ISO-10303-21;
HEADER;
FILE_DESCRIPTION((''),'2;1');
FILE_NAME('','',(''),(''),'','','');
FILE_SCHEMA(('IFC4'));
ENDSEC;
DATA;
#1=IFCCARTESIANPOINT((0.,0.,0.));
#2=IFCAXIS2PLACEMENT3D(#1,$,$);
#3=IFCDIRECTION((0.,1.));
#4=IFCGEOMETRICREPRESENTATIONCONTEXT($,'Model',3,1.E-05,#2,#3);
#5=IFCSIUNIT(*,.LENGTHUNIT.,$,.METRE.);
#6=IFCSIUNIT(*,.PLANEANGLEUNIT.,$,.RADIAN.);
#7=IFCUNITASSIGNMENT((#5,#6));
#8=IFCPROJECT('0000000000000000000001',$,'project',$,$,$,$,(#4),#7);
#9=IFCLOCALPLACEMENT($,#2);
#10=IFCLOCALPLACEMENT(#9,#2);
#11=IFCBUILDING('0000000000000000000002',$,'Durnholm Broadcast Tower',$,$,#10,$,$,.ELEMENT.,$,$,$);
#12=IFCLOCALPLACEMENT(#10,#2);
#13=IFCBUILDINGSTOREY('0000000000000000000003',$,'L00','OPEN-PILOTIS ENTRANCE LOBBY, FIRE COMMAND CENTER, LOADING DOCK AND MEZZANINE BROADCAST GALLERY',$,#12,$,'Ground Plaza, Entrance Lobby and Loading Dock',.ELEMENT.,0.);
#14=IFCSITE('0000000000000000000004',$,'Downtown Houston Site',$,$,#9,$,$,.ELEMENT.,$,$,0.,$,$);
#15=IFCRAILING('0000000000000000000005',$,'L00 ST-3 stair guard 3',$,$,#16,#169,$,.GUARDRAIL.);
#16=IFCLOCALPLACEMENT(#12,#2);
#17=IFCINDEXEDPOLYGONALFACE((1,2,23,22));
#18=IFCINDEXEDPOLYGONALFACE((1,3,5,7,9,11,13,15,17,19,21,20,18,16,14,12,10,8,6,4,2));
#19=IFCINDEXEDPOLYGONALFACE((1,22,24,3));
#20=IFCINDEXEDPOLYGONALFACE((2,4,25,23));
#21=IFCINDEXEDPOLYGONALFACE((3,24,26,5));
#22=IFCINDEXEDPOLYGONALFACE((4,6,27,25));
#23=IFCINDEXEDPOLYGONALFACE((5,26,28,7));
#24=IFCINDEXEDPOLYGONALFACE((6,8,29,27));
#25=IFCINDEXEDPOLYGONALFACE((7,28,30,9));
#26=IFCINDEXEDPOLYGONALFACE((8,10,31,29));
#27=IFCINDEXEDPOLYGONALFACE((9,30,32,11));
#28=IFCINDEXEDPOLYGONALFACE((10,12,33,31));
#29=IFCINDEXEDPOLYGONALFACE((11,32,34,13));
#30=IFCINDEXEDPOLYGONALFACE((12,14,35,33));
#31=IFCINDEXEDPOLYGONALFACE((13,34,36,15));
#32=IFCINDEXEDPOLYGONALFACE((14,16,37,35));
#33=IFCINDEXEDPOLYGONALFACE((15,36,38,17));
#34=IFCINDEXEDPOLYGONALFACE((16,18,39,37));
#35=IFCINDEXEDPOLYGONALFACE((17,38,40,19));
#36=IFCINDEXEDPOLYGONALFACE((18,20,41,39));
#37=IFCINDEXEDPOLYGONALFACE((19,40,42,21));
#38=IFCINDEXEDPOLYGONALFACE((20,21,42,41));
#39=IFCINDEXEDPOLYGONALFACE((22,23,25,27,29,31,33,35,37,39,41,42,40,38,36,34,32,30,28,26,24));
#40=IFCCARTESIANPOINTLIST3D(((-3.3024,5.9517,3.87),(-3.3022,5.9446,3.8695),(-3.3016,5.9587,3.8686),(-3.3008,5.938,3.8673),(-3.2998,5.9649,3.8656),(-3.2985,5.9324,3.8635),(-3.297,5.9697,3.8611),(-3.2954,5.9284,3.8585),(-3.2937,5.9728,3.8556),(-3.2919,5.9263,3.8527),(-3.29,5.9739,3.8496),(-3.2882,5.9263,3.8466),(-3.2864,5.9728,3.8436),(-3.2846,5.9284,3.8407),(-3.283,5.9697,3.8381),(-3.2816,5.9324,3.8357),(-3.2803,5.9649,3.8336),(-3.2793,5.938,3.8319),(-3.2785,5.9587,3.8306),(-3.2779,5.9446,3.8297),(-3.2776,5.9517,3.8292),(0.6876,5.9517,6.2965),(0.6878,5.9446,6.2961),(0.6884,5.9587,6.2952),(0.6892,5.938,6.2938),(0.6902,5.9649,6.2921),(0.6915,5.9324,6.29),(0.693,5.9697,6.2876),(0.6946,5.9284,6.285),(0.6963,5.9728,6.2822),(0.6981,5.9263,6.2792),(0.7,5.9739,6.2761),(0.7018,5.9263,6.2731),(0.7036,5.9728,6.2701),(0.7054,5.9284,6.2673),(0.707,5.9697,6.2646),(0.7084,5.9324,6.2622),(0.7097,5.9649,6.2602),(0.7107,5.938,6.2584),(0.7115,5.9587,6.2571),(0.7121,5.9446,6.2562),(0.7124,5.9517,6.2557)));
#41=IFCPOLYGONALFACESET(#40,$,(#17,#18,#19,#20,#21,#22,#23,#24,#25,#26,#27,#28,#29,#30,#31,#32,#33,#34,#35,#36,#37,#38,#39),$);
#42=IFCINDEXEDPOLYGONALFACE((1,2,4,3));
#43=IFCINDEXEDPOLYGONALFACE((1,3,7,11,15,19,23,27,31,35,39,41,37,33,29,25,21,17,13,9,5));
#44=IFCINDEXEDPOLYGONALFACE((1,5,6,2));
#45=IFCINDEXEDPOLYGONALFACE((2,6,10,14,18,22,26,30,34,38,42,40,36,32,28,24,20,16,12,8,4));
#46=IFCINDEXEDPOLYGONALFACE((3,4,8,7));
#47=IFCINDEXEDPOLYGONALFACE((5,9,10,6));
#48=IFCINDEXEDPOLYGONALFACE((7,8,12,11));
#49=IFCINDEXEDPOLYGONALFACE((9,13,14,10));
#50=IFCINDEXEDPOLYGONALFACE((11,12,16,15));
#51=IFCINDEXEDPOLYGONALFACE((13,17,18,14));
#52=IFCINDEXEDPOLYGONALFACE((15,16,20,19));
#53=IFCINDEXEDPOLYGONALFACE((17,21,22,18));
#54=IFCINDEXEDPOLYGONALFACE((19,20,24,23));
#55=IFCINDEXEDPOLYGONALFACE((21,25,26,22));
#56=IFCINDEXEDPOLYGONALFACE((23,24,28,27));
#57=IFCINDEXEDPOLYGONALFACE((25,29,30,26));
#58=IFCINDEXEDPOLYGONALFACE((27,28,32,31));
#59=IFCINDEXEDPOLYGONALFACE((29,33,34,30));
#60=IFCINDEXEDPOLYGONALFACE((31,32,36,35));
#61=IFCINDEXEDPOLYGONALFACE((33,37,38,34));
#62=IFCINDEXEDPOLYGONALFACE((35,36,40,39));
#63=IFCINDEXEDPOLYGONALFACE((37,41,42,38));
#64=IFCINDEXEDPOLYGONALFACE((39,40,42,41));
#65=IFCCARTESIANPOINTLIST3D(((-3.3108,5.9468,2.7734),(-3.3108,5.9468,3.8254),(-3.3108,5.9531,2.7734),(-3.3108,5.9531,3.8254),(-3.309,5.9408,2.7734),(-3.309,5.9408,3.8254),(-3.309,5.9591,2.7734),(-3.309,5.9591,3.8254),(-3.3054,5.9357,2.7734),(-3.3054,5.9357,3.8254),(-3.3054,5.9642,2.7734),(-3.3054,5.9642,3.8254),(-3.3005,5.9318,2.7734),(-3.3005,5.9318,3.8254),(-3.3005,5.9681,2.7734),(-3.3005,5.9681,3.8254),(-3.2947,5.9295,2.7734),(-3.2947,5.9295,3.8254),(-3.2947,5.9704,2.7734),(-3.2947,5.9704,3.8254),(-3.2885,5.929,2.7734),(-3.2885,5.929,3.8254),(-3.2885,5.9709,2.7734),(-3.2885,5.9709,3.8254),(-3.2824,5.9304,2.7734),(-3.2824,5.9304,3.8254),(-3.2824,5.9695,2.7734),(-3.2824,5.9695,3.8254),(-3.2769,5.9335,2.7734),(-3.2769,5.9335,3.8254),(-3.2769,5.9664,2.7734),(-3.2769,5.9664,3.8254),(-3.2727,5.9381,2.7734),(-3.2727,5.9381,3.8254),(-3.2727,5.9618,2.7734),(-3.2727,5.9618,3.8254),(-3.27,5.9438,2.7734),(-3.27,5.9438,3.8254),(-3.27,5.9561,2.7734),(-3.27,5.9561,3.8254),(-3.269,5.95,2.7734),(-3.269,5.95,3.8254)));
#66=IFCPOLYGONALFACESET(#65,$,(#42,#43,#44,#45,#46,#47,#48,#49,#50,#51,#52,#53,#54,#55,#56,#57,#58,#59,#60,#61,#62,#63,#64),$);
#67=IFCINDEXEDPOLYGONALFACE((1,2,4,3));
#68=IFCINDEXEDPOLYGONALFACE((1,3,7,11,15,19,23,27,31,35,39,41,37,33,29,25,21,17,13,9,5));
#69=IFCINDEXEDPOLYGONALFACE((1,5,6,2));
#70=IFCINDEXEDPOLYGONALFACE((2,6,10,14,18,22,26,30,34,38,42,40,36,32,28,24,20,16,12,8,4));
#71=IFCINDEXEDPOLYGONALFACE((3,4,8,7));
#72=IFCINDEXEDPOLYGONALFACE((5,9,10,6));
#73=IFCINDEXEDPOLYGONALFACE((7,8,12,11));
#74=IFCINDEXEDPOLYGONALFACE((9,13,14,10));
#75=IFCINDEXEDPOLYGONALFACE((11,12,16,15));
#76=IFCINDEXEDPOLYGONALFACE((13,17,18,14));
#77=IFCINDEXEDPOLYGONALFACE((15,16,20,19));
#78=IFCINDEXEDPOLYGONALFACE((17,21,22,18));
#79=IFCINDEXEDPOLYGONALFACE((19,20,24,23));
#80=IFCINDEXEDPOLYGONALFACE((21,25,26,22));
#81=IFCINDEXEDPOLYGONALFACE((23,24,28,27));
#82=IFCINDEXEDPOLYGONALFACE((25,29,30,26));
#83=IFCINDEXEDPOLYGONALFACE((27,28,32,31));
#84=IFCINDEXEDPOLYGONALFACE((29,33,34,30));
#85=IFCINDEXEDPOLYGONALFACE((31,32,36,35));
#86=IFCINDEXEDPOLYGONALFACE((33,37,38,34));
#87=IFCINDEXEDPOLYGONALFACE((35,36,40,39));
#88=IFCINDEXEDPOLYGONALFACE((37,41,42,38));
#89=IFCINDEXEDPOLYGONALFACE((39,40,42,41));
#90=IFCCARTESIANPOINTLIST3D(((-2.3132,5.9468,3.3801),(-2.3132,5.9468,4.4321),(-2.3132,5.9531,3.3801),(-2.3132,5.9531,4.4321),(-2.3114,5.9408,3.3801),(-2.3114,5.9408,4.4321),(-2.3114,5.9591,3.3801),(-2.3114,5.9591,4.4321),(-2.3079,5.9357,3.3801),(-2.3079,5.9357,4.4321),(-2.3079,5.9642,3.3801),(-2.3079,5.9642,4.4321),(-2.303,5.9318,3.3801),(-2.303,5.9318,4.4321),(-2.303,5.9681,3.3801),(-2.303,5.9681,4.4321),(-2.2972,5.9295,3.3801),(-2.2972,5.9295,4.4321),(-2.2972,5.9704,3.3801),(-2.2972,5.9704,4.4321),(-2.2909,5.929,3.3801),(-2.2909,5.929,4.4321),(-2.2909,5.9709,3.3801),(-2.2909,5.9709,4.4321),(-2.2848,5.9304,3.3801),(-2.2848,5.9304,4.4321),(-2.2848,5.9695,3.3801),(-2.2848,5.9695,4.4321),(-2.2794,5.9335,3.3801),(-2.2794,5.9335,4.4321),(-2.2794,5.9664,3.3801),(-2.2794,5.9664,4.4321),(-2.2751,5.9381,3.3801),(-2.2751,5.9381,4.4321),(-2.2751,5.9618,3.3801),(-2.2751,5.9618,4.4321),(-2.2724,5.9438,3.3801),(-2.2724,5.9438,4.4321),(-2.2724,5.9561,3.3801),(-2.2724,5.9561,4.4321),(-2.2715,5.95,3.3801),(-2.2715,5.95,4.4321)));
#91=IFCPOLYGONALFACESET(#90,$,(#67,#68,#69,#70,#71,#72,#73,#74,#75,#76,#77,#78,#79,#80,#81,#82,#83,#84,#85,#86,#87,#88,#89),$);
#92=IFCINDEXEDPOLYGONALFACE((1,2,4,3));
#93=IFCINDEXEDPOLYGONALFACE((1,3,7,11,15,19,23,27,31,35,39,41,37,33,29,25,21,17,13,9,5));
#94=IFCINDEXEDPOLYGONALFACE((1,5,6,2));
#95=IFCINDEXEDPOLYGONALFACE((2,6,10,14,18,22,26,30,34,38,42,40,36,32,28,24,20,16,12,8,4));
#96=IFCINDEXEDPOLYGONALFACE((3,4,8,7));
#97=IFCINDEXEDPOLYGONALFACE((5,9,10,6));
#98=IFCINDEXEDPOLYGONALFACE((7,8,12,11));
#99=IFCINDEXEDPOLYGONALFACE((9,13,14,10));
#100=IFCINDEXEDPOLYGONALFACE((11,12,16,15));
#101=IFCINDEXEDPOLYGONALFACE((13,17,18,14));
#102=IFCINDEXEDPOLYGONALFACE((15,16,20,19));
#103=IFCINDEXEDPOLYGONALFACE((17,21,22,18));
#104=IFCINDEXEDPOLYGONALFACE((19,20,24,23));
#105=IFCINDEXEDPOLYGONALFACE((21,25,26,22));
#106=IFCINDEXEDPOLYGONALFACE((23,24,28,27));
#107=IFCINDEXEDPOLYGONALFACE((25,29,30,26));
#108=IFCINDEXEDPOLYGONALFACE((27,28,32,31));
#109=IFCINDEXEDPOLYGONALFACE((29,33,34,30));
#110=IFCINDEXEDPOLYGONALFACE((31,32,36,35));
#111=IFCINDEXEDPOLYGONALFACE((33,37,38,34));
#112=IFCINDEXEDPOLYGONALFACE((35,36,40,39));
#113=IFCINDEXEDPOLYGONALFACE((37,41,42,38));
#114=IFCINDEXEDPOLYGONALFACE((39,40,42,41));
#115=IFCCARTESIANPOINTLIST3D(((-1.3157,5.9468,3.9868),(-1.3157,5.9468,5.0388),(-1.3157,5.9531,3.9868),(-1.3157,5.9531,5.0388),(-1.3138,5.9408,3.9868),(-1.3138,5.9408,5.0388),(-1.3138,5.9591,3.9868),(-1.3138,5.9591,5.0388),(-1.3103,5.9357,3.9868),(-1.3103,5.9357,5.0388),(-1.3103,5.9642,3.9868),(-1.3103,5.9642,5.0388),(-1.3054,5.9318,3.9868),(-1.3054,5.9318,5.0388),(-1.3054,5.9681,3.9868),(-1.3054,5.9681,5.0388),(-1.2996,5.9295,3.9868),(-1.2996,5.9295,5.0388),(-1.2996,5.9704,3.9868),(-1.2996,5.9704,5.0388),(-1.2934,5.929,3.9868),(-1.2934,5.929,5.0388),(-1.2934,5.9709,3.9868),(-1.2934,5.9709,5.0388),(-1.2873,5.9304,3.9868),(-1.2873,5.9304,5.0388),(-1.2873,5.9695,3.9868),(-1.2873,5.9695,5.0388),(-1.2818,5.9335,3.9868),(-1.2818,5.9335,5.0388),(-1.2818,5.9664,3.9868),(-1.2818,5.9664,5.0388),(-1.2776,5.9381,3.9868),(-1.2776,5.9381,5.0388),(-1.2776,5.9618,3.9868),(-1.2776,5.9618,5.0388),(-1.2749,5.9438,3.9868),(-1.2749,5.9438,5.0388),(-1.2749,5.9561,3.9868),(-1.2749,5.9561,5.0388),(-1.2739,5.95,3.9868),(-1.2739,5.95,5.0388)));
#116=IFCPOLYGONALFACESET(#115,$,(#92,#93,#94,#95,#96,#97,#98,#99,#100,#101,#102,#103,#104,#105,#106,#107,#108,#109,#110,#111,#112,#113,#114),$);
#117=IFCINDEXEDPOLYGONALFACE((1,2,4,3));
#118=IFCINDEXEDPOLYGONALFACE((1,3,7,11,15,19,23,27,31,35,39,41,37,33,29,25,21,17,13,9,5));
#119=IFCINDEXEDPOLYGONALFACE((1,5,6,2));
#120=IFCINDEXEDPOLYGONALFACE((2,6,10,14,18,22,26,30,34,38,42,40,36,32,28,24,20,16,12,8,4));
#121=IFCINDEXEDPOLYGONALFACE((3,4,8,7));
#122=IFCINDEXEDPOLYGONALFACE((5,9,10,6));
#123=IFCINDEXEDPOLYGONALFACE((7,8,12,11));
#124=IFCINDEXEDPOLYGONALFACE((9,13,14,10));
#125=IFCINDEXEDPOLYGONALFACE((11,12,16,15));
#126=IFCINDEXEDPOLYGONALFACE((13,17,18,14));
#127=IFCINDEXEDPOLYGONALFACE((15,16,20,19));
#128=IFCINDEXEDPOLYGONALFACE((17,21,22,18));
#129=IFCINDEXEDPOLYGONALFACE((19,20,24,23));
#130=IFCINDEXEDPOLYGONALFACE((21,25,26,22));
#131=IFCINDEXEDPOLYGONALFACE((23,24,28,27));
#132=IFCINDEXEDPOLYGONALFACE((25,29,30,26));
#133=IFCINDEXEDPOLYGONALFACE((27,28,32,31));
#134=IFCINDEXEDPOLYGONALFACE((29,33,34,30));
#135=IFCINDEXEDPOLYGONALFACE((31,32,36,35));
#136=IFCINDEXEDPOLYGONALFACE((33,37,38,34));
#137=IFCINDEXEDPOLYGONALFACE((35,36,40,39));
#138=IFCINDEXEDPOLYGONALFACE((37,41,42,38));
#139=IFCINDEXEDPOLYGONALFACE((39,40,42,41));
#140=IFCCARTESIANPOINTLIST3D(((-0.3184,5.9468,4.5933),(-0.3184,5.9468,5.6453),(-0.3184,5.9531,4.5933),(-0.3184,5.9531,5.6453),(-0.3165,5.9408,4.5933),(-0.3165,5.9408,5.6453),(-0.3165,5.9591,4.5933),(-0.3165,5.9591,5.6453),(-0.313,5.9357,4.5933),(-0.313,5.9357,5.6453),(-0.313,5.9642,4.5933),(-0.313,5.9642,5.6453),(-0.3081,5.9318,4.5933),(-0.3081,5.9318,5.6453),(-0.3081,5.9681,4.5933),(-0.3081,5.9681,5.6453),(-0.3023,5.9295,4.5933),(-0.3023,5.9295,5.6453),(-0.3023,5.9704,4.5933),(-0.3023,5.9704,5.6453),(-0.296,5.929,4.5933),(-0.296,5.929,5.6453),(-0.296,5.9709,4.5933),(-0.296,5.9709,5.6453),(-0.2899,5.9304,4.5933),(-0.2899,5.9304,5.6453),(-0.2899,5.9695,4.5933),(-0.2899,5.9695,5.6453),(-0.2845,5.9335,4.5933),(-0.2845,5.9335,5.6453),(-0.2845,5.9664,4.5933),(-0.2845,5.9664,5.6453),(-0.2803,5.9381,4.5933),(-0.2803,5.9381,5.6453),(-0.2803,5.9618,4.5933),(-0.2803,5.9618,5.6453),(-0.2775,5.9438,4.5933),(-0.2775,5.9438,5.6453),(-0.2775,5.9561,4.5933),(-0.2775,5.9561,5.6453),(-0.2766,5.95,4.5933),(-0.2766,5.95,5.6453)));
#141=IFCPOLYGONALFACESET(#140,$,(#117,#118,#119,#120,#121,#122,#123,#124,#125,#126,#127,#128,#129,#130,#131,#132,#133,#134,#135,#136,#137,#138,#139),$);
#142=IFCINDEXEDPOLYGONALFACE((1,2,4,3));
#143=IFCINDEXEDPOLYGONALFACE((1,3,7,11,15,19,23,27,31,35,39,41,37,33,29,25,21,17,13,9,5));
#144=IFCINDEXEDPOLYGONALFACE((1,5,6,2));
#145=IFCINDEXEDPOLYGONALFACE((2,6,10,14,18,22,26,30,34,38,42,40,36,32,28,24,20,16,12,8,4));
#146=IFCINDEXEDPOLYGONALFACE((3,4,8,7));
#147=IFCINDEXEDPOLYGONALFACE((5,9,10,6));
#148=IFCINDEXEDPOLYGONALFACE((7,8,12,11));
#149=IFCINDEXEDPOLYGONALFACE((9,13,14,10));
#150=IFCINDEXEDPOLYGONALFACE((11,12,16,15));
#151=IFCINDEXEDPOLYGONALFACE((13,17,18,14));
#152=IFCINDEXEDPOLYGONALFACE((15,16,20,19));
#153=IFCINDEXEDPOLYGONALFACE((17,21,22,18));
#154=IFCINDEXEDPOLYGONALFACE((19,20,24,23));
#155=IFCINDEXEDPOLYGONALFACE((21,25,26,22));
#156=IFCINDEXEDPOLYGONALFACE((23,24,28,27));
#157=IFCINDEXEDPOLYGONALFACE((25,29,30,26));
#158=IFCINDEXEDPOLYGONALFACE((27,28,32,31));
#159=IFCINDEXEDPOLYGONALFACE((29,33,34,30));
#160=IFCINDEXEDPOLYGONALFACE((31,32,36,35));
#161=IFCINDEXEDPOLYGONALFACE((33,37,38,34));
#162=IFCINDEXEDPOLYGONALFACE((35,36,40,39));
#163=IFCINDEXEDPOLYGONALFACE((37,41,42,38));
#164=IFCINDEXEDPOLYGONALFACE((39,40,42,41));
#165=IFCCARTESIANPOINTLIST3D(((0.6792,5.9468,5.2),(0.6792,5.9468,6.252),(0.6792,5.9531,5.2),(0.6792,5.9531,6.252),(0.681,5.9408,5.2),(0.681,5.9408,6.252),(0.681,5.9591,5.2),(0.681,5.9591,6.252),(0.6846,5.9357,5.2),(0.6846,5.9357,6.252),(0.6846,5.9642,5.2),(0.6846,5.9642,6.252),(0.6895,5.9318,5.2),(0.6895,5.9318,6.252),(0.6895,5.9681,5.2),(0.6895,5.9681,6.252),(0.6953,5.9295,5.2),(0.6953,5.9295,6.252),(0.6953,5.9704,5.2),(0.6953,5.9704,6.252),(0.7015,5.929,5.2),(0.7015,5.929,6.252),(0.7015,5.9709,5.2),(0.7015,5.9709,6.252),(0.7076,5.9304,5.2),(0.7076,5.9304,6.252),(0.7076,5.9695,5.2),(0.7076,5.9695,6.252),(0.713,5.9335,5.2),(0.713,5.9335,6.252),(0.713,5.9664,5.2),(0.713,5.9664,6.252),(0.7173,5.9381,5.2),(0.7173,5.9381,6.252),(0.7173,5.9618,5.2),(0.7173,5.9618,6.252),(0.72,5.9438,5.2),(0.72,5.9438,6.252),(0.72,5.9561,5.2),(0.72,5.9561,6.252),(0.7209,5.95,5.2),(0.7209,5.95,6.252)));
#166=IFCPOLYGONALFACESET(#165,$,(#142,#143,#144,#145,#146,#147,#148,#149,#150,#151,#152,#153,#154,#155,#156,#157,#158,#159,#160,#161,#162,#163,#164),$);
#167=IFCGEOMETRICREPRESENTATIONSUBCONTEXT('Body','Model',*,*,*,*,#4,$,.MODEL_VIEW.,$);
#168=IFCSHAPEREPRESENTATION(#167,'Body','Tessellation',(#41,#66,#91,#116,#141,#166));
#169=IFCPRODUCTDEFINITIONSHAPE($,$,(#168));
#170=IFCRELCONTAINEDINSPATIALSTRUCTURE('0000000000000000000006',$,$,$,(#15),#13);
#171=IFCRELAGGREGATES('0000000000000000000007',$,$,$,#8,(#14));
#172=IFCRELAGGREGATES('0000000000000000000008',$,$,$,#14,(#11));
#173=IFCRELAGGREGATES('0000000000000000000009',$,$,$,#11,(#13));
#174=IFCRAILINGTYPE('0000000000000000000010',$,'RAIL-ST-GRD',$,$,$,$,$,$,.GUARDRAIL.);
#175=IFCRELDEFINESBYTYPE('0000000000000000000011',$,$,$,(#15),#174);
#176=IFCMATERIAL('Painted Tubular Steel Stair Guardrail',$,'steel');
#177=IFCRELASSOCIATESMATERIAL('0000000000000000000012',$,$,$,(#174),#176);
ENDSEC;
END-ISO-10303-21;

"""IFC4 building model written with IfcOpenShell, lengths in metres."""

from ifc_helpers import new_model, si_unit, direction, frame, origin, origin_2d, place, context, subcontext, project, spatial, circle, extrude, material, type_object, element, save


model = new_model("IFC4")

# Units and contexts
model_context = context("Model", 3, precision=1e-05, world=origin(), true_north=direction((0.0, 1.0)))
body_context = subcontext(model_context, "Body", "Model", "MODEL_VIEW")
ifc_project = project(units=[si_unit("LENGTHUNIT", "METRE"), si_unit("PLANEANGLEUNIT", "RADIAN")], contexts=[model_context])

# Site, building, storey
site_placement = place(None, origin())
site = spatial("IfcSite", under=ifc_project, at=site_placement, Name="Downtown Houston Site", CompositionType="ELEMENT", RefElevation=0.0)
building_placement = place(site_placement, origin())
building = spatial("IfcBuilding", under=site, at=building_placement, Name="Durnholm Broadcast Tower", CompositionType="ELEMENT")
storey_placement = place(building_placement, origin())
storey = spatial("IfcBuildingStorey", under=building, at=storey_placement, Name="L00", Description="OPEN-PILOTIS ENTRANCE LOBBY, FIRE COMMAND CENTER, LOADING DOCK AND MEZZANINE BROADCAST GALLERY", LongName="Ground Plaza, Entrance Lobby and Loading Dock", CompositionType="ELEMENT", Elevation=0.0)

# Railing
ifc_material_1 = material(Name="Painted Tubular Steel Stair Guardrail", Category="steel")
railing_type_1 = type_object("IfcRailingType", Name="RAIL-ST-GRD", PredefinedType="GUARDRAIL", material=ifc_material_1)
railing_1_placement = place(storey_placement, frame((-3.29, 5.95, 2.7734)))
element("IfcRailing", 1, at=railing_1_placement, inside=storey, type_object=railing_type_1, Name="L00 ST-3 stair guard 3", PredefinedType="GUARDRAIL", context=body_context, shape_type="SweptSolid", body=[
    extrude(circle(Radius=0.0239, at=origin_2d()), frame((0.0, 0.0, 1.0762), z_axis=(0.854405, 0.0, 0.519607), x_axis=(0.0, 1.0, 0.0)), (0.0, 0.0, 1.0), 4.6699),
    extrude(circle(Radius=0.021, at=origin_2d()), origin(), (0.0, 0.0, 1.0), 1.052),
    extrude(circle(Radius=0.021, at=origin_2d()), frame((0.9976, 0.0, 0.6067)), (0.0, 0.0, 1.0), 1.052),
    extrude(circle(Radius=0.021, at=origin_2d()), frame((1.9951, 0.0, 1.2134)), (0.0, 0.0, 1.0), 1.052),
    extrude(circle(Radius=0.021, at=origin_2d()), frame((2.9924, 0.0, 1.8198)), (0.0, 0.0, 1.0), 1.052),
    extrude(circle(Radius=0.021, at=origin_2d()), frame((3.99, 0.0, 2.4265)), (0.0, 0.0, 1.0), 1.052),
])

save(model, "model.ifc")
